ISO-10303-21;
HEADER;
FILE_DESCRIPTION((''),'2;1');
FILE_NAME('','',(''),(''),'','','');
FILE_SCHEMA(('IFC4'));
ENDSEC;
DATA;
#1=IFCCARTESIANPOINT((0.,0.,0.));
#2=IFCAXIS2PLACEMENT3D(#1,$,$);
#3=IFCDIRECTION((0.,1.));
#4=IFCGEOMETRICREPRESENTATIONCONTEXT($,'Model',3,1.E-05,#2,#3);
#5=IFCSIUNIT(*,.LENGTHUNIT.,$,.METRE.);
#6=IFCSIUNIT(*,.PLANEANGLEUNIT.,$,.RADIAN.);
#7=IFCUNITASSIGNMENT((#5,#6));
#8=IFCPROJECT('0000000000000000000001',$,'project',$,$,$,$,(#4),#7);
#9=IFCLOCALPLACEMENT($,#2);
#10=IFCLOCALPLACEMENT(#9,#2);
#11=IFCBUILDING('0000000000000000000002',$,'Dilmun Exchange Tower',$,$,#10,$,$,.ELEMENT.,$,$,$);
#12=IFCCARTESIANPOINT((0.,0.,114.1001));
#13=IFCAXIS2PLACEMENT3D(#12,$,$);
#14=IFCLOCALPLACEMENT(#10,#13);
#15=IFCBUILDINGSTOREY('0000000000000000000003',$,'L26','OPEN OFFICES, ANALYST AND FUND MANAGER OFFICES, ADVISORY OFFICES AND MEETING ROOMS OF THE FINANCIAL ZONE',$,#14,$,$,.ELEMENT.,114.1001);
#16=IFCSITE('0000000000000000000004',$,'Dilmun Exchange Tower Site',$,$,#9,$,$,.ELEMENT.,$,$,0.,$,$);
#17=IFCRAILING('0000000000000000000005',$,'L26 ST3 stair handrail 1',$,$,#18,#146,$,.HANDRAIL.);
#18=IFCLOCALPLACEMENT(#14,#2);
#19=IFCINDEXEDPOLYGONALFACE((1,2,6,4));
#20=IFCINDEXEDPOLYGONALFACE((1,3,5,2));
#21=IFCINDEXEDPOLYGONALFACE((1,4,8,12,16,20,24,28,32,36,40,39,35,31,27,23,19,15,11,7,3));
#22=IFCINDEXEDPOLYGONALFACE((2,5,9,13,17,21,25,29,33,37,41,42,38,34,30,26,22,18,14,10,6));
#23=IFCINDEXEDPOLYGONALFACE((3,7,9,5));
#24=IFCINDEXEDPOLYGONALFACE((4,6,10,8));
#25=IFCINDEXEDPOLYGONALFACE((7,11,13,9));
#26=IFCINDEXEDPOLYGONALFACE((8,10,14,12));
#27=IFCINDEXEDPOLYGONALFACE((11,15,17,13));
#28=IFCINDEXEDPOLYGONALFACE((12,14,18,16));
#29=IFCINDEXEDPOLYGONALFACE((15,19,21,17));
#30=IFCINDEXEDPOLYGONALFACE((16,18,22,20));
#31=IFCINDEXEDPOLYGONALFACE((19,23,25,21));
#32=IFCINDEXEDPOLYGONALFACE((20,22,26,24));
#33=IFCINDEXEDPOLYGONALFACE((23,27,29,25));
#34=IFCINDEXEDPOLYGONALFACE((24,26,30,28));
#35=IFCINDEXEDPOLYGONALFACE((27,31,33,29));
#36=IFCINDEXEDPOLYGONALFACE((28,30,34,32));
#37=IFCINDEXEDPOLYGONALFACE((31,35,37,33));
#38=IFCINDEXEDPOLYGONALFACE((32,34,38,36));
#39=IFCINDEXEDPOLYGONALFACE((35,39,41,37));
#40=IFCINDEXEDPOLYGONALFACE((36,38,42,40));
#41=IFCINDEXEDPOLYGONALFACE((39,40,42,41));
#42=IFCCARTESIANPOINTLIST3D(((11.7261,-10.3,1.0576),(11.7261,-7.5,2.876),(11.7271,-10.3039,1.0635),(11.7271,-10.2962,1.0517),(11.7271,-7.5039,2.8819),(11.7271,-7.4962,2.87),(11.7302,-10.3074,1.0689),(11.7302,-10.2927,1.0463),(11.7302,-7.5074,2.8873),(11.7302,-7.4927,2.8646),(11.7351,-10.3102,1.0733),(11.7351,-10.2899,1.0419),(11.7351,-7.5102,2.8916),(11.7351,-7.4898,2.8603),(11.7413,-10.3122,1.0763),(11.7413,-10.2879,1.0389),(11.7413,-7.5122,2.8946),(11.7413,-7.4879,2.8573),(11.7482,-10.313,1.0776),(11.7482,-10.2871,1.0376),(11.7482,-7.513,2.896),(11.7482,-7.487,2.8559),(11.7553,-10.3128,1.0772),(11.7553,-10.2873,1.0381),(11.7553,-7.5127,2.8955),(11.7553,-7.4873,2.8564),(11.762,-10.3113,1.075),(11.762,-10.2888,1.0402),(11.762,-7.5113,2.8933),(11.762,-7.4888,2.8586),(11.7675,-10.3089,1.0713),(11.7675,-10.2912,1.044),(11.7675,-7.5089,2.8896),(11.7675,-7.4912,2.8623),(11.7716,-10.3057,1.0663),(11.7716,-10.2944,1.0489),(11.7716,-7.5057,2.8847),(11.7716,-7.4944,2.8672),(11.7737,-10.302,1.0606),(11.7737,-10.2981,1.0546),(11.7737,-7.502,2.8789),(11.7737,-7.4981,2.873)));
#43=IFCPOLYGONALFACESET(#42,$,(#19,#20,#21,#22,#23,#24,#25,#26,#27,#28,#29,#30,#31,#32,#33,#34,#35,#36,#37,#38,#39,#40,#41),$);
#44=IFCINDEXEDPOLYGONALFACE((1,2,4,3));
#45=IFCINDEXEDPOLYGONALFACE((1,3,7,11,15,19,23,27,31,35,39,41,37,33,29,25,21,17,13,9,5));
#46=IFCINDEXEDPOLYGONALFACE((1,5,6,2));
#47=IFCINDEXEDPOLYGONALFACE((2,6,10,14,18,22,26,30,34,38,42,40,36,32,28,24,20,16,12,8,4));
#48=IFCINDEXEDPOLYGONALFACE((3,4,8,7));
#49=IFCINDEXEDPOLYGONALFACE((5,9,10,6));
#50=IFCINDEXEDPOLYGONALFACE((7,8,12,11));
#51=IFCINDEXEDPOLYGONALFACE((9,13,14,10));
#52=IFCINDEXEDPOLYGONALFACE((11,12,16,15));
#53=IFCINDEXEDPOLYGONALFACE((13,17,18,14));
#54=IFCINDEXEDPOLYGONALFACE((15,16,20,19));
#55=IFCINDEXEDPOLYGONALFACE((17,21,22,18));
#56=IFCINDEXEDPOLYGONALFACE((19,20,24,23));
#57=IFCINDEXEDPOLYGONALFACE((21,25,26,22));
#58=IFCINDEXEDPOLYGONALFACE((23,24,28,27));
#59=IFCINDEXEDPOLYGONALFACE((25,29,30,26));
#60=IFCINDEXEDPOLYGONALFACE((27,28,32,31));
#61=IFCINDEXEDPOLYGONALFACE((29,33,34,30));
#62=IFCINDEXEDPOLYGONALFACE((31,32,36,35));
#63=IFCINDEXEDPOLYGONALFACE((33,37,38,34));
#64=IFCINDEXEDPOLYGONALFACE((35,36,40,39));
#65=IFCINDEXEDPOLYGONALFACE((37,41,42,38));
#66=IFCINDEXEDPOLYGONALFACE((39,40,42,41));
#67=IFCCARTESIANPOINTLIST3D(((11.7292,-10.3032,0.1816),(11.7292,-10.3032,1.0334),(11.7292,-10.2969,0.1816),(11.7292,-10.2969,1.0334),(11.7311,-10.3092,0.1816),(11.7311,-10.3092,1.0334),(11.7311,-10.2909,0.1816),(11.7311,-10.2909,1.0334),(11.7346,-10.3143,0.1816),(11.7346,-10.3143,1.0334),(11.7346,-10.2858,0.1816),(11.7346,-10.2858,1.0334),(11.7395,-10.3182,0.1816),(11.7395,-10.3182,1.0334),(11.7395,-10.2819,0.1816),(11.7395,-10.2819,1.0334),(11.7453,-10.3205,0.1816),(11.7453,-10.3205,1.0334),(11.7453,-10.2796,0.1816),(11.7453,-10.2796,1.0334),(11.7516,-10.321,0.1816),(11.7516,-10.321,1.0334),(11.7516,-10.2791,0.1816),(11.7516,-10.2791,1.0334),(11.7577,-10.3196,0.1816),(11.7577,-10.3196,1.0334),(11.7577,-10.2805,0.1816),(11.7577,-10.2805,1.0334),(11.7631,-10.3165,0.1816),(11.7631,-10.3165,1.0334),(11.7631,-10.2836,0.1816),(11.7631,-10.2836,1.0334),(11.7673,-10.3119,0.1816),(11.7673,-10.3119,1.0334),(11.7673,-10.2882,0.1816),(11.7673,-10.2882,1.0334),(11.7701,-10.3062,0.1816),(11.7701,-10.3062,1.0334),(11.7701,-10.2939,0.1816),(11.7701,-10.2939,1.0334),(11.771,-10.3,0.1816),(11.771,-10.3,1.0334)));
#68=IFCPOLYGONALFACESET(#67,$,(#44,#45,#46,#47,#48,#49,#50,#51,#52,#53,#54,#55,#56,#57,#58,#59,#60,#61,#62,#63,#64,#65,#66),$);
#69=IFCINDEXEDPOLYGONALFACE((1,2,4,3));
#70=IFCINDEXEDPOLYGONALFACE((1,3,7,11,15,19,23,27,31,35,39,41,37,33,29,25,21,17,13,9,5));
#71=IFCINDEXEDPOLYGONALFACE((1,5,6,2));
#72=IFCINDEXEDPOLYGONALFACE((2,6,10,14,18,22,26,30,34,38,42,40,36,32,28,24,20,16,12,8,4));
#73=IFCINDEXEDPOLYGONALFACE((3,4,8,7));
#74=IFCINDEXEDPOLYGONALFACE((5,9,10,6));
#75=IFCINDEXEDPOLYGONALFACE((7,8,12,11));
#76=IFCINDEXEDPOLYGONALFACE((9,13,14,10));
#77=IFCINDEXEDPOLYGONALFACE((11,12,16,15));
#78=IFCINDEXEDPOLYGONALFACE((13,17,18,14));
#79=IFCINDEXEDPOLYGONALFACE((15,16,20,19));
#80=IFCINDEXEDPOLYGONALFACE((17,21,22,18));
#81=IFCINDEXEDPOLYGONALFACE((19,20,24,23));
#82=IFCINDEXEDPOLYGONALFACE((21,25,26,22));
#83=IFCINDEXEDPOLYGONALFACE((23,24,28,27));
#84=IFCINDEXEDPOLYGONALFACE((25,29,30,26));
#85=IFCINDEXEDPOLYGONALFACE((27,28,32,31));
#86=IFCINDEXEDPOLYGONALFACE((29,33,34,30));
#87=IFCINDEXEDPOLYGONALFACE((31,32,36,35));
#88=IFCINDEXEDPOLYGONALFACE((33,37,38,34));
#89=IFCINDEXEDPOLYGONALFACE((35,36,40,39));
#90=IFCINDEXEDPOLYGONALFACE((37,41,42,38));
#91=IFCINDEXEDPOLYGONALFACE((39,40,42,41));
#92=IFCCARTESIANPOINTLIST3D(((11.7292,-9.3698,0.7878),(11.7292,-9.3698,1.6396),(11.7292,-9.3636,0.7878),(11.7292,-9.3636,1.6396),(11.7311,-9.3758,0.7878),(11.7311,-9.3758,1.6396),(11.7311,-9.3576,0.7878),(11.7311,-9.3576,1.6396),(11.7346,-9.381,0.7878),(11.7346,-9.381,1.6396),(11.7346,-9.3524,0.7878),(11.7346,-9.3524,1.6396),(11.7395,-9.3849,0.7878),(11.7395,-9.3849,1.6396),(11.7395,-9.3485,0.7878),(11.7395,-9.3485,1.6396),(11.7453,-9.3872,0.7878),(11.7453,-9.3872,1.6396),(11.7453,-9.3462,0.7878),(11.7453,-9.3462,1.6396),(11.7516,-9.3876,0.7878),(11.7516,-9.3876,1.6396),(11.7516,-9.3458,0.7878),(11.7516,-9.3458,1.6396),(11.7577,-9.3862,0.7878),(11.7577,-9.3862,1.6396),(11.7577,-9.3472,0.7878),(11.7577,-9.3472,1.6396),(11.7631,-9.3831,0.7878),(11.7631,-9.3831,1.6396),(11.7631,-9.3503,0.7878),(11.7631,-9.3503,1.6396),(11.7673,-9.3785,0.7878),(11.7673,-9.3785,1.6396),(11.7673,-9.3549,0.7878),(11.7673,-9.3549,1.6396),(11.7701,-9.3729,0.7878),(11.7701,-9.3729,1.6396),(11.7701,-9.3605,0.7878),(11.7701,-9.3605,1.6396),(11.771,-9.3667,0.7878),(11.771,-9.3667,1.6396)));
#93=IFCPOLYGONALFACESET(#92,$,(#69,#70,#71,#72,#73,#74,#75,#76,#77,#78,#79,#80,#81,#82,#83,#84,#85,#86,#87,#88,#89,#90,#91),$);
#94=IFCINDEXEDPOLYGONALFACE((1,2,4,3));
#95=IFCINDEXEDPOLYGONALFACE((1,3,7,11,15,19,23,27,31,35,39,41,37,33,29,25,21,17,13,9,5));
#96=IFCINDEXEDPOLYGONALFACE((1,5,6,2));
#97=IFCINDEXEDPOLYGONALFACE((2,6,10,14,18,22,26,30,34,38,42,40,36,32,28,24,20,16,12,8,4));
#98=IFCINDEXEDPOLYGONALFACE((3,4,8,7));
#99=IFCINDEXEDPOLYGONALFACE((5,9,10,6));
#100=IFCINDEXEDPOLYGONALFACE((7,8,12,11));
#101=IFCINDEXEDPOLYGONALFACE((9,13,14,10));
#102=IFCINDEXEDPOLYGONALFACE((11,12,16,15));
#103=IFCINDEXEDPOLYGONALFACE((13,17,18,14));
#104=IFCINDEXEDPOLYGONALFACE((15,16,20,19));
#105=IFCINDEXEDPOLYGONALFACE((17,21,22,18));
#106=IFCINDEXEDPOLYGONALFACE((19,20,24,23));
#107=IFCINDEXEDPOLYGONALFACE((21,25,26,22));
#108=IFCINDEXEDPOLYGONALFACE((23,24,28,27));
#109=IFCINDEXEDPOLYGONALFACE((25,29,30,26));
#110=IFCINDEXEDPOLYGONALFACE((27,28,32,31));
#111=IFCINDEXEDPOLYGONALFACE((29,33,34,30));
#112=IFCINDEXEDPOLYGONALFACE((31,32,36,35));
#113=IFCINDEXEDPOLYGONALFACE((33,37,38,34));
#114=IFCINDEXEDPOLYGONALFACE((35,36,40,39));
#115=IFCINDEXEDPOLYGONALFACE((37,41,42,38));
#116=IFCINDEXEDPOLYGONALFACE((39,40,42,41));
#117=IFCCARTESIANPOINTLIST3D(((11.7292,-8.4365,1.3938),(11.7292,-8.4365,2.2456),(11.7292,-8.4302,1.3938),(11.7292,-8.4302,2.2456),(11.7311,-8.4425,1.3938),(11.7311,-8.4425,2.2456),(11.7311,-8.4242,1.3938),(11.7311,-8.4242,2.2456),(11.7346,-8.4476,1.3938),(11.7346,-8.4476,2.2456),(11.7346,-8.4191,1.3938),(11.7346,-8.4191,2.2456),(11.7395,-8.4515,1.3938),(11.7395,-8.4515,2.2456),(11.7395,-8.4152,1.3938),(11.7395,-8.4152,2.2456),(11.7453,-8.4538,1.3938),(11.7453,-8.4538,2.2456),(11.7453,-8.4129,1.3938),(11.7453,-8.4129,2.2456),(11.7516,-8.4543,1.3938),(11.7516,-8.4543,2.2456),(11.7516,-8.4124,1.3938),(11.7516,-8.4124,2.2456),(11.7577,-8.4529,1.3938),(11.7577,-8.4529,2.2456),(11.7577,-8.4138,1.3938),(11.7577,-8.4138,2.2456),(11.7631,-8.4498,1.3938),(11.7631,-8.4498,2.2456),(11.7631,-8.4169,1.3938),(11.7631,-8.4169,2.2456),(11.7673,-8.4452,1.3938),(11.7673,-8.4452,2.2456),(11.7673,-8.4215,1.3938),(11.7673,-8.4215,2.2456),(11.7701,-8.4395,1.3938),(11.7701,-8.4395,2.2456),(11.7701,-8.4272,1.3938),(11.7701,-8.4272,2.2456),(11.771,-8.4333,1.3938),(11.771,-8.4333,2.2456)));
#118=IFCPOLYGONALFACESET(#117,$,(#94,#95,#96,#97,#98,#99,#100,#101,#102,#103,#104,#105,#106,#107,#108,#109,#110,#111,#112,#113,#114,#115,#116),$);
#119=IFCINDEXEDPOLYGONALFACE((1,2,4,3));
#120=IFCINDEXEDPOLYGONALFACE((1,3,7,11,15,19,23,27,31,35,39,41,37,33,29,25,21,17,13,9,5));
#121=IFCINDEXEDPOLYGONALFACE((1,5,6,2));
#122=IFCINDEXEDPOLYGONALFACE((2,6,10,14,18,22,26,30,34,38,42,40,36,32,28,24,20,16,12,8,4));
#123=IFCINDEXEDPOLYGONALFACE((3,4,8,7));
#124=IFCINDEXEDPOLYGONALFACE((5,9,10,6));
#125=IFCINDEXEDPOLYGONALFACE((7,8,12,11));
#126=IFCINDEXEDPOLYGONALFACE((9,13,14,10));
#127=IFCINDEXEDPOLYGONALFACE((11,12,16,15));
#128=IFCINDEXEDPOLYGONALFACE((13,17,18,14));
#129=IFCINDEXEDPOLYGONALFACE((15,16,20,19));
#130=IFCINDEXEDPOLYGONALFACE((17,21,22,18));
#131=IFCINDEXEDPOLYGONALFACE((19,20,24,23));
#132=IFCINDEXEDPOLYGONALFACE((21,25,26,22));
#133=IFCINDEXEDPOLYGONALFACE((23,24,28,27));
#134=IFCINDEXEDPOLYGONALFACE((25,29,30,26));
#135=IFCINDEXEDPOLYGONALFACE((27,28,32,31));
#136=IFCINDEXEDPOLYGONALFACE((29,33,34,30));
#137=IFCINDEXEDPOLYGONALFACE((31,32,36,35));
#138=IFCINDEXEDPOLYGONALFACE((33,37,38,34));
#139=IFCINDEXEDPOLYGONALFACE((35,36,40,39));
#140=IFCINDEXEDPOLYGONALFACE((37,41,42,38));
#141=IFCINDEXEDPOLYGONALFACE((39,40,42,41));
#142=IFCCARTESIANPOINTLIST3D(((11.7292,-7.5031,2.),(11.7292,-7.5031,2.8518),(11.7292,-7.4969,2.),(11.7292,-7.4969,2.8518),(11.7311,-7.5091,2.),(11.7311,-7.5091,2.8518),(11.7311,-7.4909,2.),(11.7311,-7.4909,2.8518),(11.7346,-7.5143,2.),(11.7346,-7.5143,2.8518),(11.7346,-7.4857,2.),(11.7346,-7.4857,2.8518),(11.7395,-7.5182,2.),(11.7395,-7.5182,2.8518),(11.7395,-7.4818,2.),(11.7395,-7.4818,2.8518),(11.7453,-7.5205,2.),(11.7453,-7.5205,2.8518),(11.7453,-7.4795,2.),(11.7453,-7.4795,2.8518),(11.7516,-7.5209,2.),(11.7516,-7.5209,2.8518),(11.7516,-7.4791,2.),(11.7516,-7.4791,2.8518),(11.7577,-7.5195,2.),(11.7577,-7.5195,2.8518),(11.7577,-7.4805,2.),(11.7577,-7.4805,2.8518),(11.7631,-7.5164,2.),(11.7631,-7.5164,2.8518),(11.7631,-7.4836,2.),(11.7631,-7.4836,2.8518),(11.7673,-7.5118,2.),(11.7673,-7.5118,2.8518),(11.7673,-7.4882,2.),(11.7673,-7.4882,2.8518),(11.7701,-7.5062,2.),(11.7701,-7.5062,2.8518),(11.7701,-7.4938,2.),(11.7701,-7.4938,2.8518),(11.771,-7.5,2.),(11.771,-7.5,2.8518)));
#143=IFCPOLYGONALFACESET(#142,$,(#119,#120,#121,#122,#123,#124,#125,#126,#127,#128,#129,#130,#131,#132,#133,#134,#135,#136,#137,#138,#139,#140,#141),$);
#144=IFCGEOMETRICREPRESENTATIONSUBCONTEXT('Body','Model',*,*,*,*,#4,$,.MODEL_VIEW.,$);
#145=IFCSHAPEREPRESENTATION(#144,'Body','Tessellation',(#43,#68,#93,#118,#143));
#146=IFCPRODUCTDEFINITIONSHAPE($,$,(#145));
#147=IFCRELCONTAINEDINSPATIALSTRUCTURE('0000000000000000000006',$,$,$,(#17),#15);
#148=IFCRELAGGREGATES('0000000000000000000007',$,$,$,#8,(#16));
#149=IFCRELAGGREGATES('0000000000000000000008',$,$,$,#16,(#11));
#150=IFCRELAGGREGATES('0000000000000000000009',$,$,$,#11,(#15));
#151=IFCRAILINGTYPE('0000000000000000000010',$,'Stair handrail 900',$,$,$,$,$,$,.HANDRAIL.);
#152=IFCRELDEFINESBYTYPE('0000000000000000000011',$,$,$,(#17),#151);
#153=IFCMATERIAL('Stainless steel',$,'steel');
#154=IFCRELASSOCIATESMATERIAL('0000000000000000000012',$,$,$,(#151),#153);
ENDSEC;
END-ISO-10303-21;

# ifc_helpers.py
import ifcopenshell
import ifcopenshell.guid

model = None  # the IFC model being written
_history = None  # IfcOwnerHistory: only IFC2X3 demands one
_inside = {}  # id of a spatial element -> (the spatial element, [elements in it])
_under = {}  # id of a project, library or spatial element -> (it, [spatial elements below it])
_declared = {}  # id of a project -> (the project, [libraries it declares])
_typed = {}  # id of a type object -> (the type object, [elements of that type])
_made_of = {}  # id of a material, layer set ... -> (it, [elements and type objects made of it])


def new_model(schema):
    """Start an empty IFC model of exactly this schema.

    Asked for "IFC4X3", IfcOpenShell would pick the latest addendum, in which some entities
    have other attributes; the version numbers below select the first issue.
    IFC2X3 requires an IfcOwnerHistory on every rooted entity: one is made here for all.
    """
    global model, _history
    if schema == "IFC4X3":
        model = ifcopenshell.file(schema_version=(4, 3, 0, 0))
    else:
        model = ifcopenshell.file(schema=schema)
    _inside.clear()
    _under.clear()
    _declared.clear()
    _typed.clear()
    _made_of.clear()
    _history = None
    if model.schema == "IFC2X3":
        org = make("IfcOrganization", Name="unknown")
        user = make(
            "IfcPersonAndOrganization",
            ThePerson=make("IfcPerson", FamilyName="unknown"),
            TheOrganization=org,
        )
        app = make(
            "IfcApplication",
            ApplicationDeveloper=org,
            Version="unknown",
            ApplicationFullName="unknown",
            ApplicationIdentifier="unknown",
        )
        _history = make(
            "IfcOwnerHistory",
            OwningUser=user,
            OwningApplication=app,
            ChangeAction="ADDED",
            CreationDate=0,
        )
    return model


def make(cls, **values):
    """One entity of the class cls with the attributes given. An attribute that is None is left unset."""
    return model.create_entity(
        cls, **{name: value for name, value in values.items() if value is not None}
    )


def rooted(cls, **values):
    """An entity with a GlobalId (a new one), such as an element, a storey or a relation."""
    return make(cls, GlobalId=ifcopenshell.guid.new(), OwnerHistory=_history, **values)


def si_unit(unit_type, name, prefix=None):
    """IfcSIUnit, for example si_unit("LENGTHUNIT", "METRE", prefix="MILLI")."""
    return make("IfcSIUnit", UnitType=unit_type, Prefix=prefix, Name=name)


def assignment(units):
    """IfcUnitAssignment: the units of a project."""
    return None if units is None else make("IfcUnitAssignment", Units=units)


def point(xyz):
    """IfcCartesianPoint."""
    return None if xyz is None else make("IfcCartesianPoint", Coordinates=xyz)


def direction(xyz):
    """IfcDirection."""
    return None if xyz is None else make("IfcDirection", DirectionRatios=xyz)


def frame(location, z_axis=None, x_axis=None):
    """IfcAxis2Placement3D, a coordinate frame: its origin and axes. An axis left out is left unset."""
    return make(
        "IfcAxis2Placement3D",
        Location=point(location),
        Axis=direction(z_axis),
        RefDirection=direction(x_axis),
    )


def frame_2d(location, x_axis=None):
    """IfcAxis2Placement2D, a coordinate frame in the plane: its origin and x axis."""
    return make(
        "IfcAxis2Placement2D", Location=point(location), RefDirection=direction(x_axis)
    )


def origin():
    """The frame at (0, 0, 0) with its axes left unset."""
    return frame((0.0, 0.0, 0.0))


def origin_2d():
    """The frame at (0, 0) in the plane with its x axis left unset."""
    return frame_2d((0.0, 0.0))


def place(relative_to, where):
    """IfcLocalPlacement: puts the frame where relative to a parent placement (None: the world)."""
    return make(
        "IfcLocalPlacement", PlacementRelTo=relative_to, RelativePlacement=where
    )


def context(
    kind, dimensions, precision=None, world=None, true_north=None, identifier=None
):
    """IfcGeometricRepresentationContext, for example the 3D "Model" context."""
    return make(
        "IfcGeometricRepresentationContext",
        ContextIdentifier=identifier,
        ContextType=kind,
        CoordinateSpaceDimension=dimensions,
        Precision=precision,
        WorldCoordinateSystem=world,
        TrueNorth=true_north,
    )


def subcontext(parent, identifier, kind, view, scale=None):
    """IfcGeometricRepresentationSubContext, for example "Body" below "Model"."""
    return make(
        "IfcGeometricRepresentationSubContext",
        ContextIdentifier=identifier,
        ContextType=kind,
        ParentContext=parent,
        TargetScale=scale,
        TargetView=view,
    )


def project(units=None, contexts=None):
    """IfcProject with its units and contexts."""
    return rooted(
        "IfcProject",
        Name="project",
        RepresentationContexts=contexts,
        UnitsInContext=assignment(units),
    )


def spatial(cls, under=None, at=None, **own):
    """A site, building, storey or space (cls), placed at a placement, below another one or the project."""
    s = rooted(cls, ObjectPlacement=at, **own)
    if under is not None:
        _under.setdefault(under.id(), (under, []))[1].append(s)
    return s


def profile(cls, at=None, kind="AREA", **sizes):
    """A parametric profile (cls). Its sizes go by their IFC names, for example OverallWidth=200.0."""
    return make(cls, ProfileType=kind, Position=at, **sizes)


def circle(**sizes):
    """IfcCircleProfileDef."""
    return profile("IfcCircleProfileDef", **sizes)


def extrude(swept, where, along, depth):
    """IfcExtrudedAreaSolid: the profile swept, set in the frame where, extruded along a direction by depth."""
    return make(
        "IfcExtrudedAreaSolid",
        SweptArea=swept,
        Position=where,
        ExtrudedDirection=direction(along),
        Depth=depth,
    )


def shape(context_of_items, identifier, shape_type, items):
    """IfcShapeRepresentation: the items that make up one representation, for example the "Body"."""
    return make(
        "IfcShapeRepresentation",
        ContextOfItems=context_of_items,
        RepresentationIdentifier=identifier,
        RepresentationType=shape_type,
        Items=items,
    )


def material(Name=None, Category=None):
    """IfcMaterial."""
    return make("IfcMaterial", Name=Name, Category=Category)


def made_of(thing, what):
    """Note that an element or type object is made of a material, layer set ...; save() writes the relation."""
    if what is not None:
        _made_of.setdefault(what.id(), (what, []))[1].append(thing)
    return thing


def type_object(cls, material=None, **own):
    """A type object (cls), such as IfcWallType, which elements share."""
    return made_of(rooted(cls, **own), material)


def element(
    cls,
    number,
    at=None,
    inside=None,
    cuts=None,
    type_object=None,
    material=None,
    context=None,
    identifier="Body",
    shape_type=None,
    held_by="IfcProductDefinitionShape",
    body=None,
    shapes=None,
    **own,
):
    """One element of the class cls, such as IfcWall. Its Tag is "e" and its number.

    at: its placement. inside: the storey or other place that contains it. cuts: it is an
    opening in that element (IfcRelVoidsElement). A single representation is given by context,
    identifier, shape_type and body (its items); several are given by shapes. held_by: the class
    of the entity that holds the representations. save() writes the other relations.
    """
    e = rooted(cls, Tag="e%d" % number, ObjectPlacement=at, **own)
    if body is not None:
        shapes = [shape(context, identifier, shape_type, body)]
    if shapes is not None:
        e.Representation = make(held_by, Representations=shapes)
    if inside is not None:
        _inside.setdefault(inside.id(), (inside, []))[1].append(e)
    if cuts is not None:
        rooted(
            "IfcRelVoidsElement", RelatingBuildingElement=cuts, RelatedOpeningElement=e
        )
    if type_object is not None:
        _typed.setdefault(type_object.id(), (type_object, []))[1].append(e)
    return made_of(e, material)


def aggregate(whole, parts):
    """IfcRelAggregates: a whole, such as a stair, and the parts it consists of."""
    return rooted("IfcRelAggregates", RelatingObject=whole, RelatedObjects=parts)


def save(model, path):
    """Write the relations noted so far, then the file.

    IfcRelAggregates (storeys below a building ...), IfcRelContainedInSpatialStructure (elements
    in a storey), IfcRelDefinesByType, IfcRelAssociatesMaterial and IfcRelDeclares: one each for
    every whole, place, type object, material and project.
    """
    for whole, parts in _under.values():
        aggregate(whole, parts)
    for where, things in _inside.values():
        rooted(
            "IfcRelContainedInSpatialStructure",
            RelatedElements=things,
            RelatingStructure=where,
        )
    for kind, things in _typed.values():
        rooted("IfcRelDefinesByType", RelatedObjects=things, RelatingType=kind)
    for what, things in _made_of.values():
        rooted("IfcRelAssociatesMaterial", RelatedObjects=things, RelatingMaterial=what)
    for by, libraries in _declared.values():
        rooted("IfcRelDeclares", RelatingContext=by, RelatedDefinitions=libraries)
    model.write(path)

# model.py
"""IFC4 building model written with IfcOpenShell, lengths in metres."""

from ifc_helpers import new_model, si_unit, direction, frame, origin, origin_2d, place, context, subcontext, project, spatial, circle, extrude, material, type_object, element, save


model = new_model("IFC4")

# Units and contexts
model_context = context("Model", 3, precision=1e-05, world=origin(), true_north=direction((0.0, 1.0)))
body_context = subcontext(model_context, "Body", "Model", "MODEL_VIEW")
ifc_project = project(units=[si_unit("LENGTHUNIT", "METRE"), si_unit("PLANEANGLEUNIT", "RADIAN")], contexts=[model_context])

# Site, building, storey
site_placement = place(None, origin())
site = spatial("IfcSite", under=ifc_project, at=site_placement, Name="Dilmun Exchange Tower Site", CompositionType="ELEMENT", RefElevation=0.0)
building_placement = place(site_placement, origin())
building = spatial("IfcBuilding", under=site, at=building_placement, Name="Dilmun Exchange Tower", CompositionType="ELEMENT")
storey_placement = place(building_placement, frame((0.0, 0.0, 114.1001)))
storey = spatial("IfcBuildingStorey", under=building, at=storey_placement, Name="L26", Description="OPEN OFFICES, ANALYST AND FUND MANAGER OFFICES, ADVISORY OFFICES AND MEETING ROOMS OF THE FINANCIAL ZONE", CompositionType="ELEMENT", Elevation=114.1001)

# Railing
ifc_material_1 = material(Name="Stainless steel", Category="steel")
railing_type = type_object("IfcRailingType", Name="Stair handrail 900", PredefinedType="HANDRAIL", material=ifc_material_1)
for number, where, name in (
    (1, (11.75, -10.3, 0.1816), "L26 ST3 stair handrail 1"),
):
    element("IfcRailing", number, at=place(storey_placement, frame(where)), inside=storey, type_object=railing_type, Name=name, PredefinedType="HANDRAIL", context=body_context, shape_type="SweptSolid", body=[
        extrude(circle(Radius=0.0239, at=origin_2d()), frame((0.0, 0.0, 0.876), z_axis=(0.0, 0.838672, 0.544636), x_axis=(-1.0, 0.0, 0.0)), (0.0, 0.0, 1.0), 3.3386),
        extrude(circle(Radius=0.021, at=origin_2d()), origin(), (0.0, 0.0, 1.0), 0.8518),
        extrude(circle(Radius=0.021, at=origin_2d()), frame((0.0, 0.9333, 0.6062)), (0.0, 0.0, 1.0), 0.8518),
        extrude(circle(Radius=0.021, at=origin_2d()), frame((0.0, 1.8667, 1.2122)), (0.0, 0.0, 1.0), 0.8518),
        extrude(circle(Radius=0.021, at=origin_2d()), frame((0.0, 2.8, 1.8184)), (0.0, 0.0, 1.0), 0.8518),
    ])

save(model, "model.ifc")
